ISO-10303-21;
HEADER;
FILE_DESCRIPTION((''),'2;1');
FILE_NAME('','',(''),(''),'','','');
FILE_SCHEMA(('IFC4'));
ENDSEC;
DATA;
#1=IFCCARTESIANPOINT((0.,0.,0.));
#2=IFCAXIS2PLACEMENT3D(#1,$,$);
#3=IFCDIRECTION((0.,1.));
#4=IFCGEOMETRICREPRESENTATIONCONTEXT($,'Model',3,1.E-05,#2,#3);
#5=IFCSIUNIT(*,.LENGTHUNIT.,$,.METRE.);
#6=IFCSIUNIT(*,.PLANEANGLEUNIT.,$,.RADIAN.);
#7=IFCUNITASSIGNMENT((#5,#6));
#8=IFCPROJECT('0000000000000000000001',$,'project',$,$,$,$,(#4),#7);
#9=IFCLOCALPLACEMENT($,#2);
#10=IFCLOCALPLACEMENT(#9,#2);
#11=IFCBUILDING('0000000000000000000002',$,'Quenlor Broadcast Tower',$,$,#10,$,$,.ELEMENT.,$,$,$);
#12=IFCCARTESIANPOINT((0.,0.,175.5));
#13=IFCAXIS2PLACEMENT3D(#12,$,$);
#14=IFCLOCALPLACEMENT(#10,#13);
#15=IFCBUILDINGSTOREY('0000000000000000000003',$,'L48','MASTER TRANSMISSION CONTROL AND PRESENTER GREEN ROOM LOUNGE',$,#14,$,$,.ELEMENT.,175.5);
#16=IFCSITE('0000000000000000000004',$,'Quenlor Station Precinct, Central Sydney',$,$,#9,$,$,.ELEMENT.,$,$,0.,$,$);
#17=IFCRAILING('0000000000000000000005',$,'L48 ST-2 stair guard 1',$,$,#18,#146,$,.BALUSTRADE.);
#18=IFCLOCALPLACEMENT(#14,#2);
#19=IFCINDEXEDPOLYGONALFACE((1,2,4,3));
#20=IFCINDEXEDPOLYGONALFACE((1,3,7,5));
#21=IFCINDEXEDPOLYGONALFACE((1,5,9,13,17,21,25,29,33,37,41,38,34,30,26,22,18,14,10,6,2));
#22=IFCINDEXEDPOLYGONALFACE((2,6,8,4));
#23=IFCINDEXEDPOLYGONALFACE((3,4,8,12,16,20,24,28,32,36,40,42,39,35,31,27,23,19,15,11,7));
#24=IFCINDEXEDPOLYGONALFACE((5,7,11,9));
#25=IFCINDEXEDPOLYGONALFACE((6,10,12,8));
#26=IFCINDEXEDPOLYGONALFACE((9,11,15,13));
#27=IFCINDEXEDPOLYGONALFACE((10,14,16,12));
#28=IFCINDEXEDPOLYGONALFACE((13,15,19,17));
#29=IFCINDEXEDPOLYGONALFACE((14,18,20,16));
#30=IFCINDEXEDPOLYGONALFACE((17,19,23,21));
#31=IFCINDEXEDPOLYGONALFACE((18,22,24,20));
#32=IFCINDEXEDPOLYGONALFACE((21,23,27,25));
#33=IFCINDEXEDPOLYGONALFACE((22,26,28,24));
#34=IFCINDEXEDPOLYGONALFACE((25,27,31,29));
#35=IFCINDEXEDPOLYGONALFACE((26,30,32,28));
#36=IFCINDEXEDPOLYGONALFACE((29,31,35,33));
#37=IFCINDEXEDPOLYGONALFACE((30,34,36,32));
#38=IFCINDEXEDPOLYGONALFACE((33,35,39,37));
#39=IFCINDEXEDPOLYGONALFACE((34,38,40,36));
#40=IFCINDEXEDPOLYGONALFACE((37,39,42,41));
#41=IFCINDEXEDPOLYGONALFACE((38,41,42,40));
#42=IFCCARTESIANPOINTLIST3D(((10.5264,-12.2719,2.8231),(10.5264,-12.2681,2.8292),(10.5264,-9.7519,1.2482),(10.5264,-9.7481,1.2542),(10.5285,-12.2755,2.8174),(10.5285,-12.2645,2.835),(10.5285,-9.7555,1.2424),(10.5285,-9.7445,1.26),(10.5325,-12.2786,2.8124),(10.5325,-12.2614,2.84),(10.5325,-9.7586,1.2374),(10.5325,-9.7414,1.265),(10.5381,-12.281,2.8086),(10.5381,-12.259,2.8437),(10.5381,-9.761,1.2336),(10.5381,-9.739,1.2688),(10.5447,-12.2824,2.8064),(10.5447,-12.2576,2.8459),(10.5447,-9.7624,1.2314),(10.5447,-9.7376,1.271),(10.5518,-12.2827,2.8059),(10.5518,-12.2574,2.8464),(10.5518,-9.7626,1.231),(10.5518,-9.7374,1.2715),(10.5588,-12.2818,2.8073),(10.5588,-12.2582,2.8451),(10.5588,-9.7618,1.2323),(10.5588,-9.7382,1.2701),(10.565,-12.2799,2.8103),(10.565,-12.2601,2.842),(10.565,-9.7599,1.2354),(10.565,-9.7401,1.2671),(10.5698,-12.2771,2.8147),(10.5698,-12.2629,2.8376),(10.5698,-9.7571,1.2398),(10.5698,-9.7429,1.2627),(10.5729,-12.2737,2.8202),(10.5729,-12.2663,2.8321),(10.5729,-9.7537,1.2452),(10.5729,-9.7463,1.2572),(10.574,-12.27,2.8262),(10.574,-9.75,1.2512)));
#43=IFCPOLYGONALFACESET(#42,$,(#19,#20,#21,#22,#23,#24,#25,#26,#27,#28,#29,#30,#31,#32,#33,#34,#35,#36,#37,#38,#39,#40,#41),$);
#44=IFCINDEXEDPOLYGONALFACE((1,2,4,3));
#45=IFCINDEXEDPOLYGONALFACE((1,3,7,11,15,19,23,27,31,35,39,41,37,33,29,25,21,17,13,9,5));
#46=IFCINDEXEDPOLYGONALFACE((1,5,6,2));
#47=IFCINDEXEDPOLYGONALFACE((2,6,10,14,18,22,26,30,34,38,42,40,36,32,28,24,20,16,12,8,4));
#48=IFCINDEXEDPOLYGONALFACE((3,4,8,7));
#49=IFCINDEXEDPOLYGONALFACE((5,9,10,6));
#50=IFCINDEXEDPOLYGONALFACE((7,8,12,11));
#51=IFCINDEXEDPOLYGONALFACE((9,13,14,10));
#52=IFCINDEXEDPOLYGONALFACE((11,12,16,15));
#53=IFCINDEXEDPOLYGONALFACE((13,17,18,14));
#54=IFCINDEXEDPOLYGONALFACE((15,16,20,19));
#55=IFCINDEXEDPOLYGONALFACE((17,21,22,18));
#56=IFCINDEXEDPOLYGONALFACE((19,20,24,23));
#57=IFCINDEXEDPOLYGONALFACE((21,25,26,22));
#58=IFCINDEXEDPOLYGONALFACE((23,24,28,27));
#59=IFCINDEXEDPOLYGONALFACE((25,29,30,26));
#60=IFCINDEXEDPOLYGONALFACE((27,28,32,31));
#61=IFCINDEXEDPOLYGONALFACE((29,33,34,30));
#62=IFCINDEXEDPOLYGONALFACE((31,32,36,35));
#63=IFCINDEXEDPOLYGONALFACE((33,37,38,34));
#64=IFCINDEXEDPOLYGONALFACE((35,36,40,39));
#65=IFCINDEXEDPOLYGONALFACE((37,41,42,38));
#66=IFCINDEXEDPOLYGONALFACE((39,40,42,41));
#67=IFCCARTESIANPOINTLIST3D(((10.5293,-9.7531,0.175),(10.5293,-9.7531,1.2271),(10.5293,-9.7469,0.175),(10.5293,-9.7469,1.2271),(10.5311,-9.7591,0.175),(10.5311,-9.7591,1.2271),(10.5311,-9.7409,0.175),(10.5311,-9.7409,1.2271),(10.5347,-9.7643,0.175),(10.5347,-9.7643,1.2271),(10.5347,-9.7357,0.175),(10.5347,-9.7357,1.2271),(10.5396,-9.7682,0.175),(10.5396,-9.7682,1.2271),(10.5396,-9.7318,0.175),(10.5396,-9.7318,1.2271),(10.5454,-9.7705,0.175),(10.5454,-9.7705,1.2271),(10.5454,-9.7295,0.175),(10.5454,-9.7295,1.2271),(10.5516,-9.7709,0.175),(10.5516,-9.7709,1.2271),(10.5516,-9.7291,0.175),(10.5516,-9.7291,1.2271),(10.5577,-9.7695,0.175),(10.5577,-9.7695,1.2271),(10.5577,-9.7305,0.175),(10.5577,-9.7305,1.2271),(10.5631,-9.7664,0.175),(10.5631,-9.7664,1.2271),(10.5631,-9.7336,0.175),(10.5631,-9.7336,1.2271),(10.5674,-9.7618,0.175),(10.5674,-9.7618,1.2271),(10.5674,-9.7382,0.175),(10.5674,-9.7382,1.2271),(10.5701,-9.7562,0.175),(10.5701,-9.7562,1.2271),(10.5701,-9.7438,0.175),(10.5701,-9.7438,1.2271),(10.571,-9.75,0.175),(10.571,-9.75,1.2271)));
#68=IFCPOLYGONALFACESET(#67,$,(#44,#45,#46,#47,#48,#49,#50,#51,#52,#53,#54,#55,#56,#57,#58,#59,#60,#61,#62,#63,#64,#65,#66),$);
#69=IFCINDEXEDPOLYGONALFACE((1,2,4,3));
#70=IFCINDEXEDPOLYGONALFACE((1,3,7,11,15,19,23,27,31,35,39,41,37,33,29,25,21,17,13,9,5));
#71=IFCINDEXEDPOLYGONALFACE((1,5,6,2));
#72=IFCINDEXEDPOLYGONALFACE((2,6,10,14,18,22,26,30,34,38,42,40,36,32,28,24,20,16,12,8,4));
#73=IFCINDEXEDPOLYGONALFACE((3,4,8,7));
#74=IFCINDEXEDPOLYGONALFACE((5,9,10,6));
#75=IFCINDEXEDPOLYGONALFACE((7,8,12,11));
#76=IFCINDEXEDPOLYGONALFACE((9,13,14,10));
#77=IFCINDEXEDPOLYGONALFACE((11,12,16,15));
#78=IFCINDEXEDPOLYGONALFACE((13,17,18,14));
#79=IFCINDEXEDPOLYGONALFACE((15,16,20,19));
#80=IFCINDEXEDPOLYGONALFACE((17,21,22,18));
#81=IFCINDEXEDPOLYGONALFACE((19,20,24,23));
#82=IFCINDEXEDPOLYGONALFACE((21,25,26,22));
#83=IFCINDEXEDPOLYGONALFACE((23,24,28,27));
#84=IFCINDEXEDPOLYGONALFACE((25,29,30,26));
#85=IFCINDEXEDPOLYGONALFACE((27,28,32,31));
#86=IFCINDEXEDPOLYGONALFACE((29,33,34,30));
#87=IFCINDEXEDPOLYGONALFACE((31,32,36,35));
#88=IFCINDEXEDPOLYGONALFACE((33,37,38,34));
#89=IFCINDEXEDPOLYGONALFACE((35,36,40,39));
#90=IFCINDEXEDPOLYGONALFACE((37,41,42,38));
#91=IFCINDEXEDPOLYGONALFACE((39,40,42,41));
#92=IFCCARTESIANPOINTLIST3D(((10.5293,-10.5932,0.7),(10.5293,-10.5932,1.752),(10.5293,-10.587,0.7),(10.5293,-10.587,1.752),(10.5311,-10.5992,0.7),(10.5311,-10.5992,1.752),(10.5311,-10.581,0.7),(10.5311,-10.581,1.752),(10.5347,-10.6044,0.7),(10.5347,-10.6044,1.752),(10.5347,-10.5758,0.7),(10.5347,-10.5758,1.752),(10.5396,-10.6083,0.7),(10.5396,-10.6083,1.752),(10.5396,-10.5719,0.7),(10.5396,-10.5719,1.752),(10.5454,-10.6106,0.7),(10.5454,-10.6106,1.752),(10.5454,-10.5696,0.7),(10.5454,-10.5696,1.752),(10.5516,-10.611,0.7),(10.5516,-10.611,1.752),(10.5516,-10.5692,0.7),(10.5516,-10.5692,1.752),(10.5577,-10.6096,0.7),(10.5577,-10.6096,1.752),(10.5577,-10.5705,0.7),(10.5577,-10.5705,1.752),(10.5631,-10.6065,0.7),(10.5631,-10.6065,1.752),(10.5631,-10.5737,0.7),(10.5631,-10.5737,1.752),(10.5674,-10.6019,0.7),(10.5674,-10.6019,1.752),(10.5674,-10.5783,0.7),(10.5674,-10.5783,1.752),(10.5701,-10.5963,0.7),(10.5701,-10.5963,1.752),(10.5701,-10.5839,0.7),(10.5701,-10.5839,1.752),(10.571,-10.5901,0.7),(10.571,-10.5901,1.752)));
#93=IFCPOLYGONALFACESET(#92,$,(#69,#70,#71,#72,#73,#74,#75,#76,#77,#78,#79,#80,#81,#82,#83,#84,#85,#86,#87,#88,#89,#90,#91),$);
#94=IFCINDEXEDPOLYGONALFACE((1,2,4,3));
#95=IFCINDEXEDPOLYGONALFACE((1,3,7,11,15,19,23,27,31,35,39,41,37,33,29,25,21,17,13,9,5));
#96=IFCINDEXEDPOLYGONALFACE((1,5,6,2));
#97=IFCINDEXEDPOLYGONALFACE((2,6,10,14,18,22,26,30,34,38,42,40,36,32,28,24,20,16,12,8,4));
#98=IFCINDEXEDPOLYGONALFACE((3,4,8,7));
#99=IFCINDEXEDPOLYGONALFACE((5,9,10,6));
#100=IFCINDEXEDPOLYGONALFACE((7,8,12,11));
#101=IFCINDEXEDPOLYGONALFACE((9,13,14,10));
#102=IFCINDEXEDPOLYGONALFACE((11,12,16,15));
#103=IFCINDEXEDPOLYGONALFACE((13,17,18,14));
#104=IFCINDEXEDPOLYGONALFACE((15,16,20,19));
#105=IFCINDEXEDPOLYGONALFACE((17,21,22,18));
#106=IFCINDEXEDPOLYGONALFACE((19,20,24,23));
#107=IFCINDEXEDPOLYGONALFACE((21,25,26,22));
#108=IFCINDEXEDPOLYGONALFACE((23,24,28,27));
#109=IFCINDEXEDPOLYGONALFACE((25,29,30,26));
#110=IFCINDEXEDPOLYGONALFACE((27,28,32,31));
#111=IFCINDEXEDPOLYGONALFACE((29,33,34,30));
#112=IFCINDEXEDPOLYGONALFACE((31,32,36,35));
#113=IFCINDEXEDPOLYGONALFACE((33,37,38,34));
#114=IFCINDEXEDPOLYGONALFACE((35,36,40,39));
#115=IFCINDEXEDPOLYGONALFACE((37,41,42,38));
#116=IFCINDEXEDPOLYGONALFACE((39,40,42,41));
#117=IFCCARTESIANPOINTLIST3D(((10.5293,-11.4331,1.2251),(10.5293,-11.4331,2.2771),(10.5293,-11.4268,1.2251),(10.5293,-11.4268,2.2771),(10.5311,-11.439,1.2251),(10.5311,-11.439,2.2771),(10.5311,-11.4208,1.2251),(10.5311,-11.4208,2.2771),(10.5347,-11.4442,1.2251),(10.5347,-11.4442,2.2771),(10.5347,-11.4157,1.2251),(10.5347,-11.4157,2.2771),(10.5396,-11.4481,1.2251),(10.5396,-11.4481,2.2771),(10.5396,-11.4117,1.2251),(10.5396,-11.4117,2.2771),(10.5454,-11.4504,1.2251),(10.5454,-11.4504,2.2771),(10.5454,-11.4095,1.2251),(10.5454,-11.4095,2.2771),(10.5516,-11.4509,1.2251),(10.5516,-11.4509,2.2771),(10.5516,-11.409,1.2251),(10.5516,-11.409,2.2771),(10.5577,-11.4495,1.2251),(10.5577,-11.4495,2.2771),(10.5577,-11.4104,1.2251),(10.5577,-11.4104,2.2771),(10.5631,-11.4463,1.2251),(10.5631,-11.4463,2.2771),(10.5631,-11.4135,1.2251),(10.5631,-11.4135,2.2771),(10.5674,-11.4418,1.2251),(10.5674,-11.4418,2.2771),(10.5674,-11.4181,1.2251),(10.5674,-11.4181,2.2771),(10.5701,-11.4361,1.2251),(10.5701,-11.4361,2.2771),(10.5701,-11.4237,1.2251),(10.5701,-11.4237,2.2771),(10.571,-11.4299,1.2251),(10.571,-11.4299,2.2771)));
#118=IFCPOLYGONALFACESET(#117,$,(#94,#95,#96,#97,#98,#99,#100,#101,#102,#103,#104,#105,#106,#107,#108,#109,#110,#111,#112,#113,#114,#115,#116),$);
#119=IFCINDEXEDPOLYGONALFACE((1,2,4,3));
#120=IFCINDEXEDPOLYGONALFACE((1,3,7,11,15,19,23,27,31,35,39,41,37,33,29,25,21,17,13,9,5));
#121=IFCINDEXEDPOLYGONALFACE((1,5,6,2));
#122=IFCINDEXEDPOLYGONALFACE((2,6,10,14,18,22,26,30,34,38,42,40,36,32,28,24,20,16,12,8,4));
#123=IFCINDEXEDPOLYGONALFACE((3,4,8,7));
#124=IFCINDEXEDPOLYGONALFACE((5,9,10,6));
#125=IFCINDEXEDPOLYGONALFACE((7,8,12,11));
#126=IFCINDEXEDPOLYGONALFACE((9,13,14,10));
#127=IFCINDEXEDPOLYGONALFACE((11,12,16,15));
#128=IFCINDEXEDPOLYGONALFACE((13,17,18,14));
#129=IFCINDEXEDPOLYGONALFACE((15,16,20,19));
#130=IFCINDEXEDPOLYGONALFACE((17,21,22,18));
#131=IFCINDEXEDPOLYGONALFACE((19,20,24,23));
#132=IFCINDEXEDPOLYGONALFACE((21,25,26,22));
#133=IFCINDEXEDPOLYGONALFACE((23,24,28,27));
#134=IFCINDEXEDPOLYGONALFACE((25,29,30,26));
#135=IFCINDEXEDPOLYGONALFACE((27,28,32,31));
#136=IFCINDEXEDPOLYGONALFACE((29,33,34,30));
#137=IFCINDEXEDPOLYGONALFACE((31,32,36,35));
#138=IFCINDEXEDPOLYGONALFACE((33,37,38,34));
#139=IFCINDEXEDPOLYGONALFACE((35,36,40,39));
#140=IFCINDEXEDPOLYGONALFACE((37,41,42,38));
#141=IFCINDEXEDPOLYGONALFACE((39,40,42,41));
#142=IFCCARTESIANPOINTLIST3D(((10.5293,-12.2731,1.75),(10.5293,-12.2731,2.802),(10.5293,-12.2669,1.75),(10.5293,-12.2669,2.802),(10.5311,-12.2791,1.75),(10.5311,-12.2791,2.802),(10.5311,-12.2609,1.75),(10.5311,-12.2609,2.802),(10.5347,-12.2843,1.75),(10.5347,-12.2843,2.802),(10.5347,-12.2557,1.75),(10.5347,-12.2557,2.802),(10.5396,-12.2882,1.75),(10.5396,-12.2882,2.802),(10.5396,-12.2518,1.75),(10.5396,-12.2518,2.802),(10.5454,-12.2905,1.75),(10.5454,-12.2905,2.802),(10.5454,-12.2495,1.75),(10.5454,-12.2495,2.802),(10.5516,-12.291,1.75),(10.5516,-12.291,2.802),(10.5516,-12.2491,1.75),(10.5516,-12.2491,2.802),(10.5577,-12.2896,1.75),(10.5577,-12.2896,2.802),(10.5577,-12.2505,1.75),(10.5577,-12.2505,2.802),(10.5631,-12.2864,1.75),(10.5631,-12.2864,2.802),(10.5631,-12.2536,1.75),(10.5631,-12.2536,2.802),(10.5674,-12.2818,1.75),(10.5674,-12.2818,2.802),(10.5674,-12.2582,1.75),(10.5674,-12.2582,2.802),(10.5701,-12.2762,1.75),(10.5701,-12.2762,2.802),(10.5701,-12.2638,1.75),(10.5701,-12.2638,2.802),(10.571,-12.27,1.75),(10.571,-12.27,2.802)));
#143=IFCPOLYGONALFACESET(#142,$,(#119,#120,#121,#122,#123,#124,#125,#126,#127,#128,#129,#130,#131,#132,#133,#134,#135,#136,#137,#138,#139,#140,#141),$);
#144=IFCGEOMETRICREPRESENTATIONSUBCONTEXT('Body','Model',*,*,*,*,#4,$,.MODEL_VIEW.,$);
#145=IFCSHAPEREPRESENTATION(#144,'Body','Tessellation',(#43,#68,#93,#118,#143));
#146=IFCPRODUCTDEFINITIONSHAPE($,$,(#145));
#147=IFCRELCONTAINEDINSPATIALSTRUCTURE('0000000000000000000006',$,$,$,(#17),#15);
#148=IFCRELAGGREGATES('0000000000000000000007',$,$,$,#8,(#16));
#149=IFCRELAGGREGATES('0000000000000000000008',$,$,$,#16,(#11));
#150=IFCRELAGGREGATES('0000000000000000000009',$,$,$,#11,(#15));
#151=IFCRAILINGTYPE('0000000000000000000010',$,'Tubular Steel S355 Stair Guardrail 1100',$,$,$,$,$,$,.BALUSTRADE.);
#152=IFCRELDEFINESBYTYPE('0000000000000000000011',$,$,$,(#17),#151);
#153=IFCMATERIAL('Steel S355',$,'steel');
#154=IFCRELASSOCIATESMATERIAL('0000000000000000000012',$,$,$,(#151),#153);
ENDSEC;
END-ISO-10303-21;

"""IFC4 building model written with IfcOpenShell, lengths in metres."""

from ifc_helpers import new_model, si_unit, direction, frame, origin, origin_2d, place, context, subcontext, project, spatial, circle, extrude, material, type_object, element, save


model = new_model("IFC4")

# Units and contexts
model_context = context("Model", 3, precision=1e-05, world=origin(), true_north=direction((0.0, 1.0)))
body_context = subcontext(model_context, "Body", "Model", "MODEL_VIEW")
ifc_project = project(units=[si_unit("LENGTHUNIT", "METRE"), si_unit("PLANEANGLEUNIT", "RADIAN")], contexts=[model_context])

# Site, building, storey
site_placement = place(None, origin())
site = spatial("IfcSite", under=ifc_project, at=site_placement, Name="Quenlor Station Precinct, Central Sydney", CompositionType="ELEMENT", RefElevation=0.0)
building_placement = place(site_placement, origin())
building = spatial("IfcBuilding", under=site, at=building_placement, Name="Quenlor Broadcast Tower", CompositionType="ELEMENT")
storey_placement = place(building_placement, frame((0.0, 0.0, 175.5)))
storey = spatial("IfcBuildingStorey", under=building, at=storey_placement, Name="L48", Description="MASTER TRANSMISSION CONTROL AND PRESENTER GREEN ROOM LOUNGE", CompositionType="ELEMENT", Elevation=175.5)

# Railing
ifc_material_1 = material(Name="Steel S355", Category="steel")
railing_type_1 = type_object("IfcRailingType", Name="Tubular Steel S355 Stair Guardrail 1100", PredefinedType="BALUSTRADE", material=ifc_material_1)
railing_1_placement = place(storey_placement, frame((10.55, -9.75, 0.175)))
element("IfcRailing", 1, at=railing_1_placement, inside=storey, type_object=railing_type_1, Name="L48 ST-2 stair guard 1", PredefinedType="BALUSTRADE", context=body_context, shape_type="SweptSolid", body=[
    extrude(circle(Radius=0.0239, at=origin_2d()), frame((0.0, 0.0, 1.0762), z_axis=(0.0, -0.848008, 0.529984), x_axis=(1.0, 0.0, 0.0)), (0.0, 0.0, 1.0), 2.9717),
    extrude(circle(Radius=0.021, at=origin_2d()), origin(), (0.0, 0.0, 1.0), 1.052),
    extrude(circle(Radius=0.021, at=origin_2d()), frame((0.0, -0.8401, 0.5249)), (0.0, 0.0, 1.0), 1.052),
    extrude(circle(Radius=0.021, at=origin_2d()), frame((0.0, -1.6799, 1.05)), (0.0, 0.0, 1.0), 1.052),
    extrude(circle(Radius=0.021, at=origin_2d()), frame((0.0, -2.52, 1.575)), (0.0, 0.0, 1.0), 1.052),
])

save(model, "model.ifc")
